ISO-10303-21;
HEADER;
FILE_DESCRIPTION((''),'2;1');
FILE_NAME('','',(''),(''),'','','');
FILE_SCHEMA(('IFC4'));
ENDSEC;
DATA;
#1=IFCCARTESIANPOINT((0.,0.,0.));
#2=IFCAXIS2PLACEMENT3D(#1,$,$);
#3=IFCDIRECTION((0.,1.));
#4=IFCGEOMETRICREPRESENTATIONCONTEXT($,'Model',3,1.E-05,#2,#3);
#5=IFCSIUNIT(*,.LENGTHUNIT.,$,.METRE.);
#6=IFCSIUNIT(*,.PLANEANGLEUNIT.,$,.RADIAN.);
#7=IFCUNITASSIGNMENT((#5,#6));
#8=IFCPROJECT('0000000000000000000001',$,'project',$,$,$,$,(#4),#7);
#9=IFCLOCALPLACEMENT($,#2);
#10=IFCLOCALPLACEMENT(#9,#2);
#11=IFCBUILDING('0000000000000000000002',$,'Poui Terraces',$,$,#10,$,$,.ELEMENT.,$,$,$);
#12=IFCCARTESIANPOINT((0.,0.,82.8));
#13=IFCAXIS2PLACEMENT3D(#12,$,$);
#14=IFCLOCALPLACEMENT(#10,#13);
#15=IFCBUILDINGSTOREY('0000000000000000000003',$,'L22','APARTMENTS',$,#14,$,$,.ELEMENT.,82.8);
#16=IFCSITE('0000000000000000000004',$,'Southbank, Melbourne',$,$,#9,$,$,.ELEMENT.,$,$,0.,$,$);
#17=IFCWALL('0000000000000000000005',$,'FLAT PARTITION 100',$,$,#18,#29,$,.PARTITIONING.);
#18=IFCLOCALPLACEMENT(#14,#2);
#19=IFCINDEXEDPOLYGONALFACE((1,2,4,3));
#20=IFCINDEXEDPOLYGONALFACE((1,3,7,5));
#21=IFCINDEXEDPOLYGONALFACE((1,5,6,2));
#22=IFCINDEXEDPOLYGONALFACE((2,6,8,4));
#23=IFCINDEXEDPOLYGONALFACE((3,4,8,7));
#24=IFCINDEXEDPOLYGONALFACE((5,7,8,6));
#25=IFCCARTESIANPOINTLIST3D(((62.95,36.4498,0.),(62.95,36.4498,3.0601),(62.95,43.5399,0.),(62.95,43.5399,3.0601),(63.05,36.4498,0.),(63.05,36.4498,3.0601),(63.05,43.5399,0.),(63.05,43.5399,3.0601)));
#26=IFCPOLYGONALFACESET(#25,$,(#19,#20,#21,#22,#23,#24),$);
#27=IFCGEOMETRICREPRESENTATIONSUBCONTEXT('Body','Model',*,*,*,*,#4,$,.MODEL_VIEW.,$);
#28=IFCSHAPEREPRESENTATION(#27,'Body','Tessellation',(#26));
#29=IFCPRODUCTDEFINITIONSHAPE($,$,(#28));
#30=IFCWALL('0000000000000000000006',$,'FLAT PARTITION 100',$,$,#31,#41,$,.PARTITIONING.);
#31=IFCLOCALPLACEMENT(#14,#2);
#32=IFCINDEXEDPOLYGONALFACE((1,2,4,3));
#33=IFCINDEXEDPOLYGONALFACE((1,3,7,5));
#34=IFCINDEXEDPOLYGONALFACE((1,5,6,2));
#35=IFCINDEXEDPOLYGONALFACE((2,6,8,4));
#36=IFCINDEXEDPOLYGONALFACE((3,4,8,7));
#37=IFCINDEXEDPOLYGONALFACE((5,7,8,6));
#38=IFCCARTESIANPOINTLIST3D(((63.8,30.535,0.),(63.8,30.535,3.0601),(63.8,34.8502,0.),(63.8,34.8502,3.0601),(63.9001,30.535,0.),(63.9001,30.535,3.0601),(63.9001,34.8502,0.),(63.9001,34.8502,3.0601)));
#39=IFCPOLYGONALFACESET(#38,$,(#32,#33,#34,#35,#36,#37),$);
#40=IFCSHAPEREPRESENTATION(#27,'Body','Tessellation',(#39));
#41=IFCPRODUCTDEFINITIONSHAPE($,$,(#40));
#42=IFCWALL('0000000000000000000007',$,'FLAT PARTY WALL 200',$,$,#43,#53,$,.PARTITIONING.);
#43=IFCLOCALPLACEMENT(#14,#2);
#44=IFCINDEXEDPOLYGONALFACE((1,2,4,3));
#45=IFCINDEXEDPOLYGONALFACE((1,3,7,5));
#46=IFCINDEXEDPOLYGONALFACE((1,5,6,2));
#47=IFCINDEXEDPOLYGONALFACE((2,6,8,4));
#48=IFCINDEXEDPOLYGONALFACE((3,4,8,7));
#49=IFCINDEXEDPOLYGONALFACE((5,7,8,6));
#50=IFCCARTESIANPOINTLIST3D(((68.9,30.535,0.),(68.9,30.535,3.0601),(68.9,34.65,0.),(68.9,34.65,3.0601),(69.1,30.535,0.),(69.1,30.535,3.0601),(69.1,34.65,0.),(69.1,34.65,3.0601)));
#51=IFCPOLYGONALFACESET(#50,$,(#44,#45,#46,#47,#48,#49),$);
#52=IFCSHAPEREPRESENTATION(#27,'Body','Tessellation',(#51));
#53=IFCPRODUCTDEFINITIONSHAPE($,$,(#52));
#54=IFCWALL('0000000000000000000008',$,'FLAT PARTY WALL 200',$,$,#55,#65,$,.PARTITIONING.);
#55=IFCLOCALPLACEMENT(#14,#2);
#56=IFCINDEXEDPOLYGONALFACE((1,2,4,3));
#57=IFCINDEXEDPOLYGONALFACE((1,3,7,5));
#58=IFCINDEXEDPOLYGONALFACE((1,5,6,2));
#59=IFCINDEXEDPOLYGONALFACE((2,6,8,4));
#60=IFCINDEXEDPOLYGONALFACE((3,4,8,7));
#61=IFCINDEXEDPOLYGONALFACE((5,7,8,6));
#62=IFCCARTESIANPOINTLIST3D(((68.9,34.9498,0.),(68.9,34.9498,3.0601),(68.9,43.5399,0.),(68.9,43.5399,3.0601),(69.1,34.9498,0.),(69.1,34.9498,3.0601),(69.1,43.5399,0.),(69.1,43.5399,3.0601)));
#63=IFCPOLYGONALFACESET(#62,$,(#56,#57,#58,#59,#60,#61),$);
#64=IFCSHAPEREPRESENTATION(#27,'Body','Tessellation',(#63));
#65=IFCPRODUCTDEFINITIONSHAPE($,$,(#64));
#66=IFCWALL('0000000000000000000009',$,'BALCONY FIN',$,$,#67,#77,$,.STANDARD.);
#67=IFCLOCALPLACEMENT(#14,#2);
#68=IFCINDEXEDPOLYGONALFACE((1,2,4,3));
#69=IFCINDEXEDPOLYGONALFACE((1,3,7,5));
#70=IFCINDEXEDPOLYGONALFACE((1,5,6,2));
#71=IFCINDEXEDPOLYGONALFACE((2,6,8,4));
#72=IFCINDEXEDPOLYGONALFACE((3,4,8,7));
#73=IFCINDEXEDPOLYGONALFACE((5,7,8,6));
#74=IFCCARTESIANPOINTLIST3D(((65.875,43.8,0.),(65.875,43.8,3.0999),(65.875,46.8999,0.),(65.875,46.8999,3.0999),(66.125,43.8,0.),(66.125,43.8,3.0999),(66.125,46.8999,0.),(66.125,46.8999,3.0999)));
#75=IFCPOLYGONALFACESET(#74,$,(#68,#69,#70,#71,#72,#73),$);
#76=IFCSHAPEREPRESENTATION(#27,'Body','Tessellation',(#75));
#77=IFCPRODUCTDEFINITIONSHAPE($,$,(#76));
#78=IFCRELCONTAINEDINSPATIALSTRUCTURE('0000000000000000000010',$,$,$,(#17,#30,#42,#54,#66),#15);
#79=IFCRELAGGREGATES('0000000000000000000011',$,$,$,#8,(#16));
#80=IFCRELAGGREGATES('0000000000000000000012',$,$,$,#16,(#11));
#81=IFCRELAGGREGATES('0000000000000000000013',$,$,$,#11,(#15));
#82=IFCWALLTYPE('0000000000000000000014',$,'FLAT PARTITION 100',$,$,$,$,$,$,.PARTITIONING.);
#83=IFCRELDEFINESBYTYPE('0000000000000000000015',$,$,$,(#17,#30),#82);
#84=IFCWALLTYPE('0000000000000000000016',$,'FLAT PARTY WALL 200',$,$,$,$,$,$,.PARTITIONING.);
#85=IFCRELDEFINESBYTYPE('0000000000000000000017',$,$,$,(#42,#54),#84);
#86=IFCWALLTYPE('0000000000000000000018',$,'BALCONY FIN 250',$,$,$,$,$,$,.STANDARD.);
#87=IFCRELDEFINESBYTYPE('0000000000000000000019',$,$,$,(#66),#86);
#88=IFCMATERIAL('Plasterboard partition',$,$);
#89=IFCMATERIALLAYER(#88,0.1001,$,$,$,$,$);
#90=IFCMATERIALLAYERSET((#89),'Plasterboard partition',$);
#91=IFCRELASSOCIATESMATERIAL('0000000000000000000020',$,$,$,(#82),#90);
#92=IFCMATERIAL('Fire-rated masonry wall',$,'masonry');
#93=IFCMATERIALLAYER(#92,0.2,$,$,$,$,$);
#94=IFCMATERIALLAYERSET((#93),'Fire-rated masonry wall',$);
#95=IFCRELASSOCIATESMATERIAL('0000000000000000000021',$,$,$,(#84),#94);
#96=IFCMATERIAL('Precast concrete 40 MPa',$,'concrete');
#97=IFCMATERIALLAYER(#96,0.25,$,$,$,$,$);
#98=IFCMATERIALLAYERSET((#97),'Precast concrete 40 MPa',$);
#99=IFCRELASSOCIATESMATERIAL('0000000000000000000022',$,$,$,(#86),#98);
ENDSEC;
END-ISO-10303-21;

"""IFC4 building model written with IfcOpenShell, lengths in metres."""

from ifc_helpers import new_model, si_unit, direction, frame, frame_2d, origin, place, context, subcontext, project, spatial, polyline, rectangle, outline, extrude, source, transform, mapped, material, layer, layer_set, type_object, element, save


model = new_model("IFC4")

# Units and contexts
model_context = context("Model", 3, precision=1e-05, world=origin(), true_north=direction((0.0, 1.0)))
body_context = subcontext(model_context, "Body", "Model", "MODEL_VIEW")
ifc_project = project(units=[si_unit("LENGTHUNIT", "METRE"), si_unit("PLANEANGLEUNIT", "RADIAN")], contexts=[model_context])

# Site, building, storey
site_placement = place(None, origin())
site = spatial("IfcSite", under=ifc_project, at=site_placement, Name="Southbank, Melbourne", CompositionType="ELEMENT", RefElevation=0.0)
building_placement = place(site_placement, origin())
building = spatial("IfcBuilding", under=site, at=building_placement, Name="Poui Terraces", CompositionType="ELEMENT")
storey_placement = place(building_placement, frame((0.0, 0.0, 82.8)))
storey = spatial("IfcBuildingStorey", under=building, at=storey_placement, Name="L22", Description="APARTMENTS", CompositionType="ELEMENT", Elevation=82.8)

# Shared definitions
ifc_material_1 = material(Name="Plasterboard partition")
ifc_layer_1 = layer(ifc_material_1, 0.1001)
ifc_layer_set_1 = layer_set([ifc_layer_1], Name="Plasterboard partition")
wall_type_1 = type_object("IfcWallType", Name="FLAT PARTITION 100", PredefinedType="PARTITIONING", material=ifc_layer_set_1)

# Walls
wall_1_placement = place(storey_placement, frame((63.0, 36.45, 0.0), z_axis=(0.0, 0.0, 1.0), x_axis=(0.0, 1.0, 0.0)))
element("IfcWall", 1, at=wall_1_placement, inside=storey, type_object=wall_type_1, Name="FLAT PARTITION 100", PredefinedType="PARTITIONING", context=body_context, shape_type="SweptSolid", body=[
    extrude(rectangle(XDim=7.0901, YDim=0.1001, at=frame_2d((3.5449, 0.0))), origin(), (0.0, 0.0, 1.0), 3.0601),
])
wall_2_placement = place(storey_placement, frame((63.8501, 30.5349, 0.0), z_axis=(0.0, 0.0, 1.0), x_axis=(0.0, 1.0, 0.0)))
element("IfcWall", 2, at=wall_2_placement, inside=storey, type_object=wall_type_1, Name="FLAT PARTITION 100", PredefinedType="PARTITIONING", context=body_context, shape_type="SweptSolid", body=[
    extrude(rectangle(XDim=4.3152, YDim=0.1001, at=frame_2d((2.1577, 0.0))), origin(), (0.0, 0.0, 1.0), 3.0601),
])
ifc_material_2 = material(Name="Fire-rated masonry wall", Category="masonry")
ifc_layer_2 = layer(ifc_material_2, 0.2)
ifc_layer_set_2 = layer_set([ifc_layer_2], Name="Fire-rated masonry wall")
wall_type_2 = type_object("IfcWallType", Name="FLAT PARTY WALL 200", PredefinedType="PARTITIONING", material=ifc_layer_set_2)
wall_3_placement = place(storey_placement, frame((69.0, 30.5349, 0.0), z_axis=(0.0, 0.0, 1.0), x_axis=(0.0, 1.0, 0.0)))
element("IfcWall", 3, at=wall_3_placement, inside=storey, type_object=wall_type_2, Name="FLAT PARTY WALL 200", PredefinedType="PARTITIONING", context=body_context, shape_type="SweptSolid", body=[
    extrude(rectangle(XDim=4.115, YDim=0.2, at=frame_2d((2.0576, 0.0))), origin(), (0.0, 0.0, 1.0), 3.0601),
])
wall_4_placement = place(storey_placement, frame((69.0, 34.95, 0.0), z_axis=(0.0, 0.0, 1.0), x_axis=(0.0, 1.0, 0.0)))
element("IfcWall", 4, at=wall_4_placement, inside=storey, type_object=wall_type_2, Name="FLAT PARTY WALL 200", PredefinedType="PARTITIONING", context=body_context, shape_type="SweptSolid", body=[
    extrude(rectangle(XDim=8.5901, YDim=0.2, at=frame_2d((4.2949, 0.0))), origin(), (0.0, 0.0, 1.0), 3.0601),
])
ifc_material_3 = material(Name="Precast concrete 40 MPa", Category="concrete")
ifc_layer_3 = layer(ifc_material_3, 0.25)
ifc_layer_set_3 = layer_set([ifc_layer_3], Name="Precast concrete 40 MPa")
wall_type_3 = type_object("IfcWallType", Name="BALCONY FIN 250", PredefinedType="STANDARD", material=ifc_layer_set_3)
shared_shape_1 = source(origin(), body_context, "Body", "SweptSolid", [
    extrude(outline(polyline([(0.0, 0.0), (0.25, 0.0), (0.25, 3.0999), (0.0, 3.0999), (0.0, 0.0)])), origin(), (0.0, 0.0, 1.0), 3.0999),
])
wall_5_placement = place(storey_placement, frame((65.875, 43.8, 0.0)))
element("IfcWall", 5, at=wall_5_placement, inside=storey, type_object=wall_type_3, Name="BALCONY FIN", PredefinedType="STANDARD", context=body_context, shape_type="MappedRepresentation", body=[
    mapped(shared_shape_1, transform((0.0, 0.0, 0.0))),
])

save(model, "model.ifc")
